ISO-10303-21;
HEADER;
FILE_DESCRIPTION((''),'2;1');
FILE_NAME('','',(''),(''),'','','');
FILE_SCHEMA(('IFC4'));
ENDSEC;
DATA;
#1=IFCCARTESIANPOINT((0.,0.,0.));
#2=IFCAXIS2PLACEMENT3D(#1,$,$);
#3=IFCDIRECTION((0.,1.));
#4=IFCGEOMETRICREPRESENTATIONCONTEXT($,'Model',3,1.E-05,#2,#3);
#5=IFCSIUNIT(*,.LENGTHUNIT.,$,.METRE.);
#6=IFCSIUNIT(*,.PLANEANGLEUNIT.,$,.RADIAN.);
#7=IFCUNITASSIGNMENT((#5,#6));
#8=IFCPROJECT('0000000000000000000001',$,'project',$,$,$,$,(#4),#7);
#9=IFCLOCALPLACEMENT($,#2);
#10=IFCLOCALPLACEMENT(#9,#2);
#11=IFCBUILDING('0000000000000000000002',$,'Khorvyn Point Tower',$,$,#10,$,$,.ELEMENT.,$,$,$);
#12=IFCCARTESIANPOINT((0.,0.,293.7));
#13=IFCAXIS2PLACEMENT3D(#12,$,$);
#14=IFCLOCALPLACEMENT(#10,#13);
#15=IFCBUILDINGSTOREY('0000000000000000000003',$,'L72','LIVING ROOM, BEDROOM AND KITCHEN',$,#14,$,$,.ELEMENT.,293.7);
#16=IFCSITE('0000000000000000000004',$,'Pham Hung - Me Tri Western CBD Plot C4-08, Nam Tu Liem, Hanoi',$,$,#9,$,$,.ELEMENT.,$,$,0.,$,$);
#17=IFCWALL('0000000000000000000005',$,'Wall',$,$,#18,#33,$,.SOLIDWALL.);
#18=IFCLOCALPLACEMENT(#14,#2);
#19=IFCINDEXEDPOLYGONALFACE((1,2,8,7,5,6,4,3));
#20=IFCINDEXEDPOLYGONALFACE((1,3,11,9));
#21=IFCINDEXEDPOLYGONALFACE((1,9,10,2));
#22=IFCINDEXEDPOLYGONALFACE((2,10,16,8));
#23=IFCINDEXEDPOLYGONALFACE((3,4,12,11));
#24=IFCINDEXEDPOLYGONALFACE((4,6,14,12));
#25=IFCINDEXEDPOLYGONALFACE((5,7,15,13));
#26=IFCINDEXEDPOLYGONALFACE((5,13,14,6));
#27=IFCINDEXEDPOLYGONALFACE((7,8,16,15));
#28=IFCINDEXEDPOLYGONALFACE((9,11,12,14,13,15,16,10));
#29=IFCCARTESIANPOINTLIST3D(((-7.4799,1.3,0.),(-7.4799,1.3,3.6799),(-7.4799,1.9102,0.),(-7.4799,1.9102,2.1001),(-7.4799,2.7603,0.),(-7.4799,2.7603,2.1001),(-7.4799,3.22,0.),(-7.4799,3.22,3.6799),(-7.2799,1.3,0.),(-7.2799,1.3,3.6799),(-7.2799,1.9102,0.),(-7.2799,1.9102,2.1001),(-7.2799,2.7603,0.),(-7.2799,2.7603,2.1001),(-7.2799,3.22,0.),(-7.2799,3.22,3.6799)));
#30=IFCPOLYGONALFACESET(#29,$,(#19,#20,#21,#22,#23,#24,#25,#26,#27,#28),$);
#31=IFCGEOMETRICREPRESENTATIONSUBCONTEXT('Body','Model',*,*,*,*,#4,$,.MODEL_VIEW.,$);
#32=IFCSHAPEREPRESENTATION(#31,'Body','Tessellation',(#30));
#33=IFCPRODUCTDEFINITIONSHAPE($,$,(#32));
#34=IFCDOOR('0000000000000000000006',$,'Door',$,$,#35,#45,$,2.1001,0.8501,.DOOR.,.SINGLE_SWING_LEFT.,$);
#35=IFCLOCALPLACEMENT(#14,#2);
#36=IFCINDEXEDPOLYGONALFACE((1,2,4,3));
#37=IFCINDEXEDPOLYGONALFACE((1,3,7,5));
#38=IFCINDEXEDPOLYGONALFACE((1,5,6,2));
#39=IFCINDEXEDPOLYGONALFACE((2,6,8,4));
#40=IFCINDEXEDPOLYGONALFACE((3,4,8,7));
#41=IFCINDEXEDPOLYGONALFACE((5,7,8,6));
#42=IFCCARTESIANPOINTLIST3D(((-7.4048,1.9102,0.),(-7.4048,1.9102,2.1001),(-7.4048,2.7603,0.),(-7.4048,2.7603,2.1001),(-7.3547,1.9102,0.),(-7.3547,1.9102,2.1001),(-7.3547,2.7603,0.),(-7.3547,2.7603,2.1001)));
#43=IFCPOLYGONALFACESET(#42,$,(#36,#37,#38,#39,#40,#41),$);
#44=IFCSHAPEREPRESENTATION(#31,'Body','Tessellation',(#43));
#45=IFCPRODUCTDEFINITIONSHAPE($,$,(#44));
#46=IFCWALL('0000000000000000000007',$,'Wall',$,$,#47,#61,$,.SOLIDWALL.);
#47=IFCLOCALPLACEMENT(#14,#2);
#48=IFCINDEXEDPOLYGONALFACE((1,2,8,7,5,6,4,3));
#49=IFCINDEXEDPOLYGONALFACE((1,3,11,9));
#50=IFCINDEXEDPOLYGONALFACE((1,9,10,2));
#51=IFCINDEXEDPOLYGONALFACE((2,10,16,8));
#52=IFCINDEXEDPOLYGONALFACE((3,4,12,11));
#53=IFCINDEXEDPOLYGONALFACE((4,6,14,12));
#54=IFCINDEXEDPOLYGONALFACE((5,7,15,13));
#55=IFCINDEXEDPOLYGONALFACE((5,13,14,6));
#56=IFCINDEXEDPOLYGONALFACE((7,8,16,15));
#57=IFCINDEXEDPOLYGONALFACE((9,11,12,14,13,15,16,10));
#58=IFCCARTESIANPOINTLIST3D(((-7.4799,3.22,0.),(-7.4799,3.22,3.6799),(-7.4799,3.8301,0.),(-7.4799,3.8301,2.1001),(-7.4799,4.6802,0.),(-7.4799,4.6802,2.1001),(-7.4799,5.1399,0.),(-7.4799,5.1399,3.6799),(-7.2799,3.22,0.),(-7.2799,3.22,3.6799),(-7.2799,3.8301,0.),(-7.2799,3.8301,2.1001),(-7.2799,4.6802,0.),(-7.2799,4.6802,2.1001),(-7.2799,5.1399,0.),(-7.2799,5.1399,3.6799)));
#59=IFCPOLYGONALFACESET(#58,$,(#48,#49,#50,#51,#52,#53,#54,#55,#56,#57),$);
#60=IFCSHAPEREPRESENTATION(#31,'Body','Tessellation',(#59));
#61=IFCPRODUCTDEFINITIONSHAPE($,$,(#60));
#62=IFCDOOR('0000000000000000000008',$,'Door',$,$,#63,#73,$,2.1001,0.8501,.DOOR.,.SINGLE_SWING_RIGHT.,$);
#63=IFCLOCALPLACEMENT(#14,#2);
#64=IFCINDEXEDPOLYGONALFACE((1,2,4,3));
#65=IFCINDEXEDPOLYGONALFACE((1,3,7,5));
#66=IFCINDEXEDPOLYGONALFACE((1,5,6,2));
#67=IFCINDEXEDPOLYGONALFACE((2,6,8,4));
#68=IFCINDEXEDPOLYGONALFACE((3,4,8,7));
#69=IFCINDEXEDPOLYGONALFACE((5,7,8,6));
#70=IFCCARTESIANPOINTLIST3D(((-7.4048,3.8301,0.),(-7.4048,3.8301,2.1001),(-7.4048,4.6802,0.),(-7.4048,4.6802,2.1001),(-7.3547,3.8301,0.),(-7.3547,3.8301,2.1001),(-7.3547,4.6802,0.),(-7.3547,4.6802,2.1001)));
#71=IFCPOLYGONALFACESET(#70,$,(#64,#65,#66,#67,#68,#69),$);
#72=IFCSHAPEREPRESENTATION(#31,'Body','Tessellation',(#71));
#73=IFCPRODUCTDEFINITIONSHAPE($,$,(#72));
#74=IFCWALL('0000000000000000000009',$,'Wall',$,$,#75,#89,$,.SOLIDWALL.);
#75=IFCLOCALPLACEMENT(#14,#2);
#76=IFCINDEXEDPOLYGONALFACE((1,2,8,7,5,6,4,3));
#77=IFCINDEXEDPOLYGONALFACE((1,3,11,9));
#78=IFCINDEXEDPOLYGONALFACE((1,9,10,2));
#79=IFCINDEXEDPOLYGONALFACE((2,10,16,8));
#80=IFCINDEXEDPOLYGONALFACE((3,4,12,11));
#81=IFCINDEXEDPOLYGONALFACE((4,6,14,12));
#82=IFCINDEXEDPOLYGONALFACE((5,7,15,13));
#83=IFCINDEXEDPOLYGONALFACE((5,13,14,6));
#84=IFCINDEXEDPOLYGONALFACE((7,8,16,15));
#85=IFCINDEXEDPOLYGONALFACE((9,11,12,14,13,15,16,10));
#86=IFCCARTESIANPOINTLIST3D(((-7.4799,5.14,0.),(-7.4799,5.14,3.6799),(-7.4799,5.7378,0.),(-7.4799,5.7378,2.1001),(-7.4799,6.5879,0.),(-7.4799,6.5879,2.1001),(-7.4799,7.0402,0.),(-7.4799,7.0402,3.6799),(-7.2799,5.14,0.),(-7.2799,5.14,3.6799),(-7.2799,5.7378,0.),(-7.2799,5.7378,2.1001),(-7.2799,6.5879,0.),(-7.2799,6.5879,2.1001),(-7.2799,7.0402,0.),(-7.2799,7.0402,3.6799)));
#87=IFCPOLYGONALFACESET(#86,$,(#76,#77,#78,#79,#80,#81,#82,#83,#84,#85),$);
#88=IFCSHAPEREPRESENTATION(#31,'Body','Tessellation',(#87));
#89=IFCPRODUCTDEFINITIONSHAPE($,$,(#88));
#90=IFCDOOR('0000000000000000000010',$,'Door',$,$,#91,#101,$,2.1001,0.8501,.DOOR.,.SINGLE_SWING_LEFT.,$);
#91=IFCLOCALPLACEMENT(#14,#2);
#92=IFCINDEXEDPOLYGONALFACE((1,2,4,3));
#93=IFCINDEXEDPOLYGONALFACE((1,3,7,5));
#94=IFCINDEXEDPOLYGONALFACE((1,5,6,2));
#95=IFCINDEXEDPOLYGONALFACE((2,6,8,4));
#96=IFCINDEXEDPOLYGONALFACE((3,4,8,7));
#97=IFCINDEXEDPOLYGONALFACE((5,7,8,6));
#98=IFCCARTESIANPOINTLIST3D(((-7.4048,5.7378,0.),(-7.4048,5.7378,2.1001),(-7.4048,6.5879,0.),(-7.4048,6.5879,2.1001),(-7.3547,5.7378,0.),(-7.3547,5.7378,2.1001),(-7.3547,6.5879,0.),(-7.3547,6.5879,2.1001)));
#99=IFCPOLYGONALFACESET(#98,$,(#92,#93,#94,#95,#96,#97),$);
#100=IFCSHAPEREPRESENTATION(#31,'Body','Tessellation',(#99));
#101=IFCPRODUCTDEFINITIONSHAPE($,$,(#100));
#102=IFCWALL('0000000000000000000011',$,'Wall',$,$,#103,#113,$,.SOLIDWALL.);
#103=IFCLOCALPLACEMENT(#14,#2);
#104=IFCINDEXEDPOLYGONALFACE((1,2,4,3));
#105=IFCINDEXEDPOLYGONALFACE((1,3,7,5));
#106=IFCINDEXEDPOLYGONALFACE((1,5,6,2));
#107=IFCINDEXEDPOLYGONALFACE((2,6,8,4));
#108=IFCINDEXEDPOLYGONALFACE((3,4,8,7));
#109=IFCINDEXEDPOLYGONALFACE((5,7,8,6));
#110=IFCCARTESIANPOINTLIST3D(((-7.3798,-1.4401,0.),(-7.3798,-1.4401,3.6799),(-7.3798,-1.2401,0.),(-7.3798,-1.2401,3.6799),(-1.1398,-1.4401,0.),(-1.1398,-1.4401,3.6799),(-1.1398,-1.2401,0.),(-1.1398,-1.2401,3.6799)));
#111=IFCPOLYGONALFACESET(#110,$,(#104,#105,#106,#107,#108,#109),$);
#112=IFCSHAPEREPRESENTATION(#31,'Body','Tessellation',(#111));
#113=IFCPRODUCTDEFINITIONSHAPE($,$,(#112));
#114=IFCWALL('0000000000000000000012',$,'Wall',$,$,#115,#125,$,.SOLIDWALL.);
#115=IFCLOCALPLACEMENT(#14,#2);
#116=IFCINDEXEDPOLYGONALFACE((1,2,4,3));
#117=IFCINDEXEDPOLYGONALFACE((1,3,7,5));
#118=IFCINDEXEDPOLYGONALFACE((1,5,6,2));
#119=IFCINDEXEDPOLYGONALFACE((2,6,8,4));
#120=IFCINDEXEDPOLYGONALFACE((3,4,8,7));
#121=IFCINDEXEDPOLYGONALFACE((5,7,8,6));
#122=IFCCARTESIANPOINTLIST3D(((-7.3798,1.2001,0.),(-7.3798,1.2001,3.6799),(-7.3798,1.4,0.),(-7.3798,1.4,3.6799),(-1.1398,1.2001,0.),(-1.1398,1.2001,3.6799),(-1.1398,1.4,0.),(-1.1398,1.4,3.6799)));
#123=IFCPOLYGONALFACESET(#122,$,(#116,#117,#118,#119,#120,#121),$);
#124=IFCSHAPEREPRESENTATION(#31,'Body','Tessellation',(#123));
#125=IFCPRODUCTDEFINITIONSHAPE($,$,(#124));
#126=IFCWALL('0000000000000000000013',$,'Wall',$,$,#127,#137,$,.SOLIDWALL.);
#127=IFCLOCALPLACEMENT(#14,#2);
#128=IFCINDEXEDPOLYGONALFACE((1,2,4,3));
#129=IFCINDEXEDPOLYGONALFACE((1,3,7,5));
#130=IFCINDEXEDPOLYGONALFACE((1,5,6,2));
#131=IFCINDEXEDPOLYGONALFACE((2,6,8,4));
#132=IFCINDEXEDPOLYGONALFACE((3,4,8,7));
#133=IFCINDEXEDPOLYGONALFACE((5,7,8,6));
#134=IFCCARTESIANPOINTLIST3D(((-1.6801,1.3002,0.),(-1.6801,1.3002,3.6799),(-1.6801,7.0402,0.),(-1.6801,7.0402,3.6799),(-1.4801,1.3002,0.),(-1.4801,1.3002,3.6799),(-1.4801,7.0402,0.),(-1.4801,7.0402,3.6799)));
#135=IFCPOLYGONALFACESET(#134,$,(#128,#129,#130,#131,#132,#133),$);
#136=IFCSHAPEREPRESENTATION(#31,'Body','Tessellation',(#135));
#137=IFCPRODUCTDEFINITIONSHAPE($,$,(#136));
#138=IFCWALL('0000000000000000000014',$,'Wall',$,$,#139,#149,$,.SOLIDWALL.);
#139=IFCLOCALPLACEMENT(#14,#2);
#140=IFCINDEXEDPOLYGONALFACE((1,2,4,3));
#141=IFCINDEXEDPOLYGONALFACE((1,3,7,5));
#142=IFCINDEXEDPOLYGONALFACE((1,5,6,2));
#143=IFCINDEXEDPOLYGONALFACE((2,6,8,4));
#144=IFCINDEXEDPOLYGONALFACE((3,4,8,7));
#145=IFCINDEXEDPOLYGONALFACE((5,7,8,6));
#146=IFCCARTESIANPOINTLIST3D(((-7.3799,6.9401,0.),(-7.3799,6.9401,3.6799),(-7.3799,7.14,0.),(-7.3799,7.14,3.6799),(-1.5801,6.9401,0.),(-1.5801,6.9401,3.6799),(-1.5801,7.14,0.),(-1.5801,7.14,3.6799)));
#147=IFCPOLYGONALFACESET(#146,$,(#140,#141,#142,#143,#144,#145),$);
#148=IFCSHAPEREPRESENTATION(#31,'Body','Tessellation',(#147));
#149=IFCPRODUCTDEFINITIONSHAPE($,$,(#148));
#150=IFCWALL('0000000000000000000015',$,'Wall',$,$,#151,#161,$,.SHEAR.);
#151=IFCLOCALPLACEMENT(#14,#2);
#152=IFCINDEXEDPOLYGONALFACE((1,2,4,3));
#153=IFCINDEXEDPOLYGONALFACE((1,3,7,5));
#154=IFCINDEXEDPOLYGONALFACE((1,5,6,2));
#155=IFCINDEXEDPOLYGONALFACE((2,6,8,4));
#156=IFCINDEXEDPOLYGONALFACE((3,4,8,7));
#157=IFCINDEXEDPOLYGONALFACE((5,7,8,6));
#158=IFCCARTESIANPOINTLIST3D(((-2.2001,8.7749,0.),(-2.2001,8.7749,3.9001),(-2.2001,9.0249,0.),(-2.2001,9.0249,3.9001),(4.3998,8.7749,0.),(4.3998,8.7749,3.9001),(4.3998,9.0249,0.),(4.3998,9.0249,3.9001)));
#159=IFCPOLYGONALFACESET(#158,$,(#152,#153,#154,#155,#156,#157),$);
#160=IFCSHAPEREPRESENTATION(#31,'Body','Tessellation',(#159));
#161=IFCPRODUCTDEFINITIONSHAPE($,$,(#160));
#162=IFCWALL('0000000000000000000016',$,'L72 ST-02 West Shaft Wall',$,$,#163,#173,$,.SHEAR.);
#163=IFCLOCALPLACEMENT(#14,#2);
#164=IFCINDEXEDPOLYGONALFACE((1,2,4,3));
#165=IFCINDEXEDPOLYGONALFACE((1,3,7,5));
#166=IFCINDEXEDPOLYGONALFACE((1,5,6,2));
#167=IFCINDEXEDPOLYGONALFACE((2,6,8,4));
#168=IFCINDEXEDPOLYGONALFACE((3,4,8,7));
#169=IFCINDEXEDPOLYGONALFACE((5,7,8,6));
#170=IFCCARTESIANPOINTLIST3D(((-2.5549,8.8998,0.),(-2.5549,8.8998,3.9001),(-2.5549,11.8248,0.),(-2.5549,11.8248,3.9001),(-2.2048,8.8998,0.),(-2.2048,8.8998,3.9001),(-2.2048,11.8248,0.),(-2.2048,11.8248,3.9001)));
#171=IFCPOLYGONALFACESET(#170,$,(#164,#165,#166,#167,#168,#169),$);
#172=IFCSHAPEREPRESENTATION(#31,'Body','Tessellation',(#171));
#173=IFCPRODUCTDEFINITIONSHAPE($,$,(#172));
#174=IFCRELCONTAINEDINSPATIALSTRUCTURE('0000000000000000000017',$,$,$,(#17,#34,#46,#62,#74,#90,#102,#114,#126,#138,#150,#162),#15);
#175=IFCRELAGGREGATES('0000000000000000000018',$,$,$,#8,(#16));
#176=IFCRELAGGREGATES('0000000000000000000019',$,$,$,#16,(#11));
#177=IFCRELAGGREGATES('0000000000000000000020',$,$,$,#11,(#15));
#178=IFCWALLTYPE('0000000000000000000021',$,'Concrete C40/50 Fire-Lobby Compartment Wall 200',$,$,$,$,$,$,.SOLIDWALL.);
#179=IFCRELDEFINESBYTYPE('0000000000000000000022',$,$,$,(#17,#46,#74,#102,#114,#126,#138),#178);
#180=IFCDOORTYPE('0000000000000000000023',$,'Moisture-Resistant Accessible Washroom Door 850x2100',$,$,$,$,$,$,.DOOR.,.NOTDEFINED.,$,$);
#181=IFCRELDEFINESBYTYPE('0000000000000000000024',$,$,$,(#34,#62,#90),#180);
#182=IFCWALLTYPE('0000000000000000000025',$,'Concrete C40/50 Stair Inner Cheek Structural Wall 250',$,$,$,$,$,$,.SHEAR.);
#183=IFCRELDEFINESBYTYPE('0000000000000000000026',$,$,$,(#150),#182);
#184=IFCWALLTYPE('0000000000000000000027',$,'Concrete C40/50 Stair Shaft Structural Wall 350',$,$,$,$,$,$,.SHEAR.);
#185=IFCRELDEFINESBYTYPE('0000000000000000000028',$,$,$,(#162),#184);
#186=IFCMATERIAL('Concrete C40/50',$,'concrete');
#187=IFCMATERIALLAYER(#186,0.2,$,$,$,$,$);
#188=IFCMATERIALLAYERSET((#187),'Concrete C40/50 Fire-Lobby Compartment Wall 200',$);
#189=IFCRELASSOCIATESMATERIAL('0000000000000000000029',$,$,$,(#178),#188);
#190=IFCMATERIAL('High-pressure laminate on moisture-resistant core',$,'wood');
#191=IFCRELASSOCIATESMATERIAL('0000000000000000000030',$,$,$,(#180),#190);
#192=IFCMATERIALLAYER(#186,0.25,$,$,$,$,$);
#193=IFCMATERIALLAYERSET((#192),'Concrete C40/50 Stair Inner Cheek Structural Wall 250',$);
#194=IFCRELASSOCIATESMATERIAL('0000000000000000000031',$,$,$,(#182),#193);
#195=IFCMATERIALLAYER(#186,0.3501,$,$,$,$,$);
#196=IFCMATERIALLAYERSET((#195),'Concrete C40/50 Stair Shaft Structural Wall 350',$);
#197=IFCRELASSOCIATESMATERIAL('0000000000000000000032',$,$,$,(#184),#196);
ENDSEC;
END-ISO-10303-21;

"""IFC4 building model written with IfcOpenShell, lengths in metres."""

from ifc_helpers import new_model, si_unit, direction, frame, frame_2d, origin, place, context, subcontext, project, spatial, rectangle, extrude, material, layer, layer_set, type_object, element, fill, save


model = new_model("IFC4")

# Units and contexts
model_context = context("Model", 3, precision=1e-05, world=origin(), true_north=direction((0.0, 1.0)))
body_context = subcontext(model_context, "Body", "Model", "MODEL_VIEW")
ifc_project = project(units=[si_unit("LENGTHUNIT", "METRE"), si_unit("PLANEANGLEUNIT", "RADIAN")], contexts=[model_context])

# Site, building, storey
site_placement = place(None, origin())
site = spatial("IfcSite", under=ifc_project, at=site_placement, Name="Pham Hung - Me Tri Western CBD Plot C4-08, Nam Tu Liem, Hanoi", CompositionType="ELEMENT", RefElevation=0.0)
building_placement = place(site_placement, origin())
building = spatial("IfcBuilding", under=site, at=building_placement, Name="Khorvyn Point Tower", CompositionType="ELEMENT")
storey_placement = place(building_placement, frame((0.0, 0.0, 293.7)))
storey = spatial("IfcBuildingStorey", under=building, at=storey_placement, Name="L72", Description="LIVING ROOM, BEDROOM AND KITCHEN", CompositionType="ELEMENT", Elevation=293.7)

# Shared definitions
ifc_material_1 = material(Name="Concrete C40/50", Category="concrete")

# Walls, openings, doors
ifc_layer_1 = layer(ifc_material_1, 0.2)
ifc_layer_set_1 = layer_set([ifc_layer_1], Name="Concrete C40/50 Fire-Lobby Compartment Wall 200")
wall_type_1 = type_object("IfcWallType", Name="Concrete C40/50 Fire-Lobby Compartment Wall 200", PredefinedType="SOLIDWALL", material=ifc_layer_set_1)
wall_1_placement = place(storey_placement, frame((-7.3799, 1.3, 0.0), z_axis=(0.0, 0.0, 1.0), x_axis=(0.0, 1.0, 0.0)))
wall_1 = element("IfcWall", 1, at=wall_1_placement, inside=storey, type_object=wall_type_1, Name="Wall", PredefinedType="SOLIDWALL", context=body_context, shape_type="SweptSolid", body=[
    extrude(rectangle(XDim=1.9199, YDim=0.2, at=frame_2d((0.96, 0.0))), origin(), (0.0, 0.0, 1.0), 3.6799),
])
opening_1_placement = place(wall_1_placement, frame((0.6101, 0.0, 0.0)))
opening_1 = element("IfcOpeningElement", 2, at=opening_1_placement, cuts=wall_1, PredefinedType="OPENING", context=body_context, shape_type="SweptSolid", body=[
    extrude(rectangle(XDim=0.8501, YDim=2.1001, at=frame_2d((0.425, 1.05))), frame((0.0, 0.1099, 0.0), z_axis=(0.0, -1.0, 0.0), x_axis=(1.0, 0.0, 0.0)), (0.0, 0.0, 1.0), 0.22),
])
ifc_material_2 = material(Name="High-pressure laminate on moisture-resistant core", Category="wood")
door_type_1 = type_object("IfcDoorType", Name="Moisture-Resistant Accessible Washroom Door 850x2100", OperationType="NOTDEFINED", PredefinedType="DOOR", material=ifc_material_2)
door_1_placement = place(opening_1_placement, origin())
door_1 = element("IfcDoor", 3, at=door_1_placement, inside=storey, type_object=door_type_1, Name="Door", OperationType="SINGLE_SWING_LEFT", OverallHeight=2.1001, OverallWidth=0.8501, PredefinedType="DOOR", context=body_context, shape_type="SweptSolid", body=[
    extrude(rectangle(XDim=0.8501, YDim=2.1001, at=frame_2d((0.425, 1.05))), frame((0.0, 0.0249, 0.0), z_axis=(0.0, -1.0, 0.0), x_axis=(1.0, 0.0, 0.0)), (0.0, 0.0, 1.0), 0.05),
])
fill(opening_1, door_1)
wall_2_placement = place(storey_placement, frame((-7.3799, 3.22, 0.0), z_axis=(0.0, 0.0, 1.0), x_axis=(0.0, 1.0, 0.0)))
wall_2 = element("IfcWall", 4, at=wall_2_placement, inside=storey, type_object=wall_type_1, Name="Wall", PredefinedType="SOLIDWALL", context=body_context, shape_type="SweptSolid", body=[
    extrude(rectangle(XDim=1.9199, YDim=0.2, at=frame_2d((0.96, 0.0))), origin(), (0.0, 0.0, 1.0), 3.6799),
])
opening_2_placement = place(wall_2_placement, frame((0.6101, 0.0, 0.0)))
opening_2 = element("IfcOpeningElement", 5, at=opening_2_placement, cuts=wall_2, PredefinedType="OPENING", context=body_context, shape_type="SweptSolid", body=[
    extrude(rectangle(XDim=0.8501, YDim=2.1001, at=frame_2d((0.425, 1.05))), frame((0.0, 0.1099, 0.0), z_axis=(0.0, -1.0, 0.0), x_axis=(1.0, 0.0, 0.0)), (0.0, 0.0, 1.0), 0.22),
])
door_2_placement = place(opening_2_placement, origin())
door_2 = element("IfcDoor", 6, at=door_2_placement, inside=storey, type_object=door_type_1, Name="Door", OperationType="SINGLE_SWING_RIGHT", OverallHeight=2.1001, OverallWidth=0.8501, PredefinedType="DOOR", context=body_context, shape_type="SweptSolid", body=[
    extrude(rectangle(XDim=0.8501, YDim=2.1001, at=frame_2d((0.425, 1.05))), frame((0.0, 0.0249, 0.0), z_axis=(0.0, -1.0, 0.0), x_axis=(1.0, 0.0, 0.0)), (0.0, 0.0, 1.0), 0.05),
])
fill(opening_2, door_2)
wall_3_placement = place(storey_placement, frame((-7.3799, 5.1399, 0.0), z_axis=(0.0, 0.0, 1.0), x_axis=(0.0, 1.0, 0.0)))
wall_3 = element("IfcWall", 7, at=wall_3_placement, inside=storey, type_object=wall_type_1, Name="Wall", PredefinedType="SOLIDWALL", context=body_context, shape_type="SweptSolid", body=[
    extrude(rectangle(XDim=1.9001, YDim=0.2, at=frame_2d((0.9502, 0.0))), origin(), (0.0, 0.0, 1.0), 3.6799),
])
opening_3_placement = place(wall_3_placement, frame((0.5979, 0.0, 0.0)))
opening_3 = element("IfcOpeningElement", 8, at=opening_3_placement, cuts=wall_3, PredefinedType="OPENING", context=body_context, shape_type="SweptSolid", body=[
    extrude(rectangle(XDim=0.8501, YDim=2.1001, at=frame_2d((0.425, 1.05))), frame((0.0, 0.1099, 0.0), z_axis=(0.0, -1.0, 0.0), x_axis=(1.0, 0.0, 0.0)), (0.0, 0.0, 1.0), 0.22),
])
door_3_placement = place(opening_3_placement, origin())
door_3 = element("IfcDoor", 9, at=door_3_placement, inside=storey, type_object=door_type_1, Name="Door", OperationType="SINGLE_SWING_LEFT", OverallHeight=2.1001, OverallWidth=0.8501, PredefinedType="DOOR", context=body_context, shape_type="SweptSolid", body=[
    extrude(rectangle(XDim=0.8501, YDim=2.1001, at=frame_2d((0.425, 1.05))), frame((0.0, 0.0249, 0.0), z_axis=(0.0, -1.0, 0.0), x_axis=(1.0, 0.0, 0.0)), (0.0, 0.0, 1.0), 0.05),
])
fill(opening_3, door_3)

# Walls
for number, where, z_axis, x_axis, name in (
    (10, (-7.3799, -1.3401, 0.0), (0.0, 0.0, 1.0), (1.0, 0.0, 0.0), "Wall"),
    (11, (-7.3799, 1.3, 0.0), (0.0, 0.0, 1.0), (1.0, 0.0, 0.0), "Wall"),
):
    element("IfcWall", number, at=place(storey_placement, frame(where, z_axis=z_axis, x_axis=x_axis)), inside=storey, type_object=wall_type_1, Name=name, PredefinedType="SOLIDWALL", context=body_context, shape_type="SweptSolid", body=[
        extrude(rectangle(XDim=6.24, YDim=0.2, at=frame_2d((3.1201, 0.0))), origin(), (0.0, 0.0, 1.0), 3.6799),
    ])
wall_4_placement = place(storey_placement, frame((-1.5801, 1.3, 0.0), z_axis=(0.0, 0.0, 1.0), x_axis=(0.0, 1.0, 0.0)))
element("IfcWall", 12, at=wall_4_placement, inside=storey, type_object=wall_type_1, Name="Wall", PredefinedType="SOLIDWALL", context=body_context, shape_type="SweptSolid", body=[
    extrude(rectangle(XDim=5.74, YDim=0.2, at=frame_2d((2.8701, 0.0))), origin(), (0.0, 0.0, 1.0), 3.6799),
])
wall_5_placement = place(storey_placement, frame((-7.3799, 7.04, 0.0), z_axis=(0.0, 0.0, 1.0), x_axis=(1.0, 0.0, 0.0)))
element("IfcWall", 13, at=wall_5_placement, inside=storey, type_object=wall_type_1, Name="Wall", PredefinedType="SOLIDWALL", context=body_context, shape_type="SweptSolid", body=[
    extrude(rectangle(XDim=5.7998, YDim=0.2, at=frame_2d((2.8999, 0.0))), origin(), (0.0, 0.0, 1.0), 3.6799),
])
ifc_layer_2 = layer(ifc_material_1, 0.25)
ifc_layer_set_2 = layer_set([ifc_layer_2], Name="Concrete C40/50 Stair Inner Cheek Structural Wall 250")
wall_type_2 = type_object("IfcWallType", Name="Concrete C40/50 Stair Inner Cheek Structural Wall 250", PredefinedType="SHEAR", material=ifc_layer_set_2)
wall_6_placement = place(storey_placement, frame((-2.2, 8.8999, 0.0), z_axis=(0.0, 0.0, 1.0), x_axis=(1.0, 0.0, 0.0)))
element("IfcWall", 14, at=wall_6_placement, inside=storey, type_object=wall_type_2, Name="Wall", PredefinedType="SHEAR", context=body_context, shape_type="SweptSolid", body=[
    extrude(rectangle(XDim=6.5999, YDim=0.25, at=frame_2d((3.2998, 0.0))), origin(), (0.0, 0.0, 1.0), 3.9001),
])
ifc_layer_3 = layer(ifc_material_1, 0.3501)
ifc_layer_set_3 = layer_set([ifc_layer_3], Name="Concrete C40/50 Stair Shaft Structural Wall 350")
wall_type_3 = type_object("IfcWallType", Name="Concrete C40/50 Stair Shaft Structural Wall 350", PredefinedType="SHEAR", material=ifc_layer_set_3)
wall_7_placement = place(storey_placement, frame((-2.3799, 8.8999, 0.0), z_axis=(0.0, 0.0, 1.0), x_axis=(0.0, 1.0, 0.0)))
element("IfcWall", 15, at=wall_7_placement, inside=storey, type_object=wall_type_3, Name="L72 ST-02 West Shaft Wall", PredefinedType="SHEAR", context=body_context, shape_type="SweptSolid", body=[
    extrude(rectangle(XDim=2.925, YDim=0.3501, at=frame_2d((1.4624, 0.0))), origin(), (0.0, 0.0, 1.0), 3.9001),
])

save(model, "model.ifc")
